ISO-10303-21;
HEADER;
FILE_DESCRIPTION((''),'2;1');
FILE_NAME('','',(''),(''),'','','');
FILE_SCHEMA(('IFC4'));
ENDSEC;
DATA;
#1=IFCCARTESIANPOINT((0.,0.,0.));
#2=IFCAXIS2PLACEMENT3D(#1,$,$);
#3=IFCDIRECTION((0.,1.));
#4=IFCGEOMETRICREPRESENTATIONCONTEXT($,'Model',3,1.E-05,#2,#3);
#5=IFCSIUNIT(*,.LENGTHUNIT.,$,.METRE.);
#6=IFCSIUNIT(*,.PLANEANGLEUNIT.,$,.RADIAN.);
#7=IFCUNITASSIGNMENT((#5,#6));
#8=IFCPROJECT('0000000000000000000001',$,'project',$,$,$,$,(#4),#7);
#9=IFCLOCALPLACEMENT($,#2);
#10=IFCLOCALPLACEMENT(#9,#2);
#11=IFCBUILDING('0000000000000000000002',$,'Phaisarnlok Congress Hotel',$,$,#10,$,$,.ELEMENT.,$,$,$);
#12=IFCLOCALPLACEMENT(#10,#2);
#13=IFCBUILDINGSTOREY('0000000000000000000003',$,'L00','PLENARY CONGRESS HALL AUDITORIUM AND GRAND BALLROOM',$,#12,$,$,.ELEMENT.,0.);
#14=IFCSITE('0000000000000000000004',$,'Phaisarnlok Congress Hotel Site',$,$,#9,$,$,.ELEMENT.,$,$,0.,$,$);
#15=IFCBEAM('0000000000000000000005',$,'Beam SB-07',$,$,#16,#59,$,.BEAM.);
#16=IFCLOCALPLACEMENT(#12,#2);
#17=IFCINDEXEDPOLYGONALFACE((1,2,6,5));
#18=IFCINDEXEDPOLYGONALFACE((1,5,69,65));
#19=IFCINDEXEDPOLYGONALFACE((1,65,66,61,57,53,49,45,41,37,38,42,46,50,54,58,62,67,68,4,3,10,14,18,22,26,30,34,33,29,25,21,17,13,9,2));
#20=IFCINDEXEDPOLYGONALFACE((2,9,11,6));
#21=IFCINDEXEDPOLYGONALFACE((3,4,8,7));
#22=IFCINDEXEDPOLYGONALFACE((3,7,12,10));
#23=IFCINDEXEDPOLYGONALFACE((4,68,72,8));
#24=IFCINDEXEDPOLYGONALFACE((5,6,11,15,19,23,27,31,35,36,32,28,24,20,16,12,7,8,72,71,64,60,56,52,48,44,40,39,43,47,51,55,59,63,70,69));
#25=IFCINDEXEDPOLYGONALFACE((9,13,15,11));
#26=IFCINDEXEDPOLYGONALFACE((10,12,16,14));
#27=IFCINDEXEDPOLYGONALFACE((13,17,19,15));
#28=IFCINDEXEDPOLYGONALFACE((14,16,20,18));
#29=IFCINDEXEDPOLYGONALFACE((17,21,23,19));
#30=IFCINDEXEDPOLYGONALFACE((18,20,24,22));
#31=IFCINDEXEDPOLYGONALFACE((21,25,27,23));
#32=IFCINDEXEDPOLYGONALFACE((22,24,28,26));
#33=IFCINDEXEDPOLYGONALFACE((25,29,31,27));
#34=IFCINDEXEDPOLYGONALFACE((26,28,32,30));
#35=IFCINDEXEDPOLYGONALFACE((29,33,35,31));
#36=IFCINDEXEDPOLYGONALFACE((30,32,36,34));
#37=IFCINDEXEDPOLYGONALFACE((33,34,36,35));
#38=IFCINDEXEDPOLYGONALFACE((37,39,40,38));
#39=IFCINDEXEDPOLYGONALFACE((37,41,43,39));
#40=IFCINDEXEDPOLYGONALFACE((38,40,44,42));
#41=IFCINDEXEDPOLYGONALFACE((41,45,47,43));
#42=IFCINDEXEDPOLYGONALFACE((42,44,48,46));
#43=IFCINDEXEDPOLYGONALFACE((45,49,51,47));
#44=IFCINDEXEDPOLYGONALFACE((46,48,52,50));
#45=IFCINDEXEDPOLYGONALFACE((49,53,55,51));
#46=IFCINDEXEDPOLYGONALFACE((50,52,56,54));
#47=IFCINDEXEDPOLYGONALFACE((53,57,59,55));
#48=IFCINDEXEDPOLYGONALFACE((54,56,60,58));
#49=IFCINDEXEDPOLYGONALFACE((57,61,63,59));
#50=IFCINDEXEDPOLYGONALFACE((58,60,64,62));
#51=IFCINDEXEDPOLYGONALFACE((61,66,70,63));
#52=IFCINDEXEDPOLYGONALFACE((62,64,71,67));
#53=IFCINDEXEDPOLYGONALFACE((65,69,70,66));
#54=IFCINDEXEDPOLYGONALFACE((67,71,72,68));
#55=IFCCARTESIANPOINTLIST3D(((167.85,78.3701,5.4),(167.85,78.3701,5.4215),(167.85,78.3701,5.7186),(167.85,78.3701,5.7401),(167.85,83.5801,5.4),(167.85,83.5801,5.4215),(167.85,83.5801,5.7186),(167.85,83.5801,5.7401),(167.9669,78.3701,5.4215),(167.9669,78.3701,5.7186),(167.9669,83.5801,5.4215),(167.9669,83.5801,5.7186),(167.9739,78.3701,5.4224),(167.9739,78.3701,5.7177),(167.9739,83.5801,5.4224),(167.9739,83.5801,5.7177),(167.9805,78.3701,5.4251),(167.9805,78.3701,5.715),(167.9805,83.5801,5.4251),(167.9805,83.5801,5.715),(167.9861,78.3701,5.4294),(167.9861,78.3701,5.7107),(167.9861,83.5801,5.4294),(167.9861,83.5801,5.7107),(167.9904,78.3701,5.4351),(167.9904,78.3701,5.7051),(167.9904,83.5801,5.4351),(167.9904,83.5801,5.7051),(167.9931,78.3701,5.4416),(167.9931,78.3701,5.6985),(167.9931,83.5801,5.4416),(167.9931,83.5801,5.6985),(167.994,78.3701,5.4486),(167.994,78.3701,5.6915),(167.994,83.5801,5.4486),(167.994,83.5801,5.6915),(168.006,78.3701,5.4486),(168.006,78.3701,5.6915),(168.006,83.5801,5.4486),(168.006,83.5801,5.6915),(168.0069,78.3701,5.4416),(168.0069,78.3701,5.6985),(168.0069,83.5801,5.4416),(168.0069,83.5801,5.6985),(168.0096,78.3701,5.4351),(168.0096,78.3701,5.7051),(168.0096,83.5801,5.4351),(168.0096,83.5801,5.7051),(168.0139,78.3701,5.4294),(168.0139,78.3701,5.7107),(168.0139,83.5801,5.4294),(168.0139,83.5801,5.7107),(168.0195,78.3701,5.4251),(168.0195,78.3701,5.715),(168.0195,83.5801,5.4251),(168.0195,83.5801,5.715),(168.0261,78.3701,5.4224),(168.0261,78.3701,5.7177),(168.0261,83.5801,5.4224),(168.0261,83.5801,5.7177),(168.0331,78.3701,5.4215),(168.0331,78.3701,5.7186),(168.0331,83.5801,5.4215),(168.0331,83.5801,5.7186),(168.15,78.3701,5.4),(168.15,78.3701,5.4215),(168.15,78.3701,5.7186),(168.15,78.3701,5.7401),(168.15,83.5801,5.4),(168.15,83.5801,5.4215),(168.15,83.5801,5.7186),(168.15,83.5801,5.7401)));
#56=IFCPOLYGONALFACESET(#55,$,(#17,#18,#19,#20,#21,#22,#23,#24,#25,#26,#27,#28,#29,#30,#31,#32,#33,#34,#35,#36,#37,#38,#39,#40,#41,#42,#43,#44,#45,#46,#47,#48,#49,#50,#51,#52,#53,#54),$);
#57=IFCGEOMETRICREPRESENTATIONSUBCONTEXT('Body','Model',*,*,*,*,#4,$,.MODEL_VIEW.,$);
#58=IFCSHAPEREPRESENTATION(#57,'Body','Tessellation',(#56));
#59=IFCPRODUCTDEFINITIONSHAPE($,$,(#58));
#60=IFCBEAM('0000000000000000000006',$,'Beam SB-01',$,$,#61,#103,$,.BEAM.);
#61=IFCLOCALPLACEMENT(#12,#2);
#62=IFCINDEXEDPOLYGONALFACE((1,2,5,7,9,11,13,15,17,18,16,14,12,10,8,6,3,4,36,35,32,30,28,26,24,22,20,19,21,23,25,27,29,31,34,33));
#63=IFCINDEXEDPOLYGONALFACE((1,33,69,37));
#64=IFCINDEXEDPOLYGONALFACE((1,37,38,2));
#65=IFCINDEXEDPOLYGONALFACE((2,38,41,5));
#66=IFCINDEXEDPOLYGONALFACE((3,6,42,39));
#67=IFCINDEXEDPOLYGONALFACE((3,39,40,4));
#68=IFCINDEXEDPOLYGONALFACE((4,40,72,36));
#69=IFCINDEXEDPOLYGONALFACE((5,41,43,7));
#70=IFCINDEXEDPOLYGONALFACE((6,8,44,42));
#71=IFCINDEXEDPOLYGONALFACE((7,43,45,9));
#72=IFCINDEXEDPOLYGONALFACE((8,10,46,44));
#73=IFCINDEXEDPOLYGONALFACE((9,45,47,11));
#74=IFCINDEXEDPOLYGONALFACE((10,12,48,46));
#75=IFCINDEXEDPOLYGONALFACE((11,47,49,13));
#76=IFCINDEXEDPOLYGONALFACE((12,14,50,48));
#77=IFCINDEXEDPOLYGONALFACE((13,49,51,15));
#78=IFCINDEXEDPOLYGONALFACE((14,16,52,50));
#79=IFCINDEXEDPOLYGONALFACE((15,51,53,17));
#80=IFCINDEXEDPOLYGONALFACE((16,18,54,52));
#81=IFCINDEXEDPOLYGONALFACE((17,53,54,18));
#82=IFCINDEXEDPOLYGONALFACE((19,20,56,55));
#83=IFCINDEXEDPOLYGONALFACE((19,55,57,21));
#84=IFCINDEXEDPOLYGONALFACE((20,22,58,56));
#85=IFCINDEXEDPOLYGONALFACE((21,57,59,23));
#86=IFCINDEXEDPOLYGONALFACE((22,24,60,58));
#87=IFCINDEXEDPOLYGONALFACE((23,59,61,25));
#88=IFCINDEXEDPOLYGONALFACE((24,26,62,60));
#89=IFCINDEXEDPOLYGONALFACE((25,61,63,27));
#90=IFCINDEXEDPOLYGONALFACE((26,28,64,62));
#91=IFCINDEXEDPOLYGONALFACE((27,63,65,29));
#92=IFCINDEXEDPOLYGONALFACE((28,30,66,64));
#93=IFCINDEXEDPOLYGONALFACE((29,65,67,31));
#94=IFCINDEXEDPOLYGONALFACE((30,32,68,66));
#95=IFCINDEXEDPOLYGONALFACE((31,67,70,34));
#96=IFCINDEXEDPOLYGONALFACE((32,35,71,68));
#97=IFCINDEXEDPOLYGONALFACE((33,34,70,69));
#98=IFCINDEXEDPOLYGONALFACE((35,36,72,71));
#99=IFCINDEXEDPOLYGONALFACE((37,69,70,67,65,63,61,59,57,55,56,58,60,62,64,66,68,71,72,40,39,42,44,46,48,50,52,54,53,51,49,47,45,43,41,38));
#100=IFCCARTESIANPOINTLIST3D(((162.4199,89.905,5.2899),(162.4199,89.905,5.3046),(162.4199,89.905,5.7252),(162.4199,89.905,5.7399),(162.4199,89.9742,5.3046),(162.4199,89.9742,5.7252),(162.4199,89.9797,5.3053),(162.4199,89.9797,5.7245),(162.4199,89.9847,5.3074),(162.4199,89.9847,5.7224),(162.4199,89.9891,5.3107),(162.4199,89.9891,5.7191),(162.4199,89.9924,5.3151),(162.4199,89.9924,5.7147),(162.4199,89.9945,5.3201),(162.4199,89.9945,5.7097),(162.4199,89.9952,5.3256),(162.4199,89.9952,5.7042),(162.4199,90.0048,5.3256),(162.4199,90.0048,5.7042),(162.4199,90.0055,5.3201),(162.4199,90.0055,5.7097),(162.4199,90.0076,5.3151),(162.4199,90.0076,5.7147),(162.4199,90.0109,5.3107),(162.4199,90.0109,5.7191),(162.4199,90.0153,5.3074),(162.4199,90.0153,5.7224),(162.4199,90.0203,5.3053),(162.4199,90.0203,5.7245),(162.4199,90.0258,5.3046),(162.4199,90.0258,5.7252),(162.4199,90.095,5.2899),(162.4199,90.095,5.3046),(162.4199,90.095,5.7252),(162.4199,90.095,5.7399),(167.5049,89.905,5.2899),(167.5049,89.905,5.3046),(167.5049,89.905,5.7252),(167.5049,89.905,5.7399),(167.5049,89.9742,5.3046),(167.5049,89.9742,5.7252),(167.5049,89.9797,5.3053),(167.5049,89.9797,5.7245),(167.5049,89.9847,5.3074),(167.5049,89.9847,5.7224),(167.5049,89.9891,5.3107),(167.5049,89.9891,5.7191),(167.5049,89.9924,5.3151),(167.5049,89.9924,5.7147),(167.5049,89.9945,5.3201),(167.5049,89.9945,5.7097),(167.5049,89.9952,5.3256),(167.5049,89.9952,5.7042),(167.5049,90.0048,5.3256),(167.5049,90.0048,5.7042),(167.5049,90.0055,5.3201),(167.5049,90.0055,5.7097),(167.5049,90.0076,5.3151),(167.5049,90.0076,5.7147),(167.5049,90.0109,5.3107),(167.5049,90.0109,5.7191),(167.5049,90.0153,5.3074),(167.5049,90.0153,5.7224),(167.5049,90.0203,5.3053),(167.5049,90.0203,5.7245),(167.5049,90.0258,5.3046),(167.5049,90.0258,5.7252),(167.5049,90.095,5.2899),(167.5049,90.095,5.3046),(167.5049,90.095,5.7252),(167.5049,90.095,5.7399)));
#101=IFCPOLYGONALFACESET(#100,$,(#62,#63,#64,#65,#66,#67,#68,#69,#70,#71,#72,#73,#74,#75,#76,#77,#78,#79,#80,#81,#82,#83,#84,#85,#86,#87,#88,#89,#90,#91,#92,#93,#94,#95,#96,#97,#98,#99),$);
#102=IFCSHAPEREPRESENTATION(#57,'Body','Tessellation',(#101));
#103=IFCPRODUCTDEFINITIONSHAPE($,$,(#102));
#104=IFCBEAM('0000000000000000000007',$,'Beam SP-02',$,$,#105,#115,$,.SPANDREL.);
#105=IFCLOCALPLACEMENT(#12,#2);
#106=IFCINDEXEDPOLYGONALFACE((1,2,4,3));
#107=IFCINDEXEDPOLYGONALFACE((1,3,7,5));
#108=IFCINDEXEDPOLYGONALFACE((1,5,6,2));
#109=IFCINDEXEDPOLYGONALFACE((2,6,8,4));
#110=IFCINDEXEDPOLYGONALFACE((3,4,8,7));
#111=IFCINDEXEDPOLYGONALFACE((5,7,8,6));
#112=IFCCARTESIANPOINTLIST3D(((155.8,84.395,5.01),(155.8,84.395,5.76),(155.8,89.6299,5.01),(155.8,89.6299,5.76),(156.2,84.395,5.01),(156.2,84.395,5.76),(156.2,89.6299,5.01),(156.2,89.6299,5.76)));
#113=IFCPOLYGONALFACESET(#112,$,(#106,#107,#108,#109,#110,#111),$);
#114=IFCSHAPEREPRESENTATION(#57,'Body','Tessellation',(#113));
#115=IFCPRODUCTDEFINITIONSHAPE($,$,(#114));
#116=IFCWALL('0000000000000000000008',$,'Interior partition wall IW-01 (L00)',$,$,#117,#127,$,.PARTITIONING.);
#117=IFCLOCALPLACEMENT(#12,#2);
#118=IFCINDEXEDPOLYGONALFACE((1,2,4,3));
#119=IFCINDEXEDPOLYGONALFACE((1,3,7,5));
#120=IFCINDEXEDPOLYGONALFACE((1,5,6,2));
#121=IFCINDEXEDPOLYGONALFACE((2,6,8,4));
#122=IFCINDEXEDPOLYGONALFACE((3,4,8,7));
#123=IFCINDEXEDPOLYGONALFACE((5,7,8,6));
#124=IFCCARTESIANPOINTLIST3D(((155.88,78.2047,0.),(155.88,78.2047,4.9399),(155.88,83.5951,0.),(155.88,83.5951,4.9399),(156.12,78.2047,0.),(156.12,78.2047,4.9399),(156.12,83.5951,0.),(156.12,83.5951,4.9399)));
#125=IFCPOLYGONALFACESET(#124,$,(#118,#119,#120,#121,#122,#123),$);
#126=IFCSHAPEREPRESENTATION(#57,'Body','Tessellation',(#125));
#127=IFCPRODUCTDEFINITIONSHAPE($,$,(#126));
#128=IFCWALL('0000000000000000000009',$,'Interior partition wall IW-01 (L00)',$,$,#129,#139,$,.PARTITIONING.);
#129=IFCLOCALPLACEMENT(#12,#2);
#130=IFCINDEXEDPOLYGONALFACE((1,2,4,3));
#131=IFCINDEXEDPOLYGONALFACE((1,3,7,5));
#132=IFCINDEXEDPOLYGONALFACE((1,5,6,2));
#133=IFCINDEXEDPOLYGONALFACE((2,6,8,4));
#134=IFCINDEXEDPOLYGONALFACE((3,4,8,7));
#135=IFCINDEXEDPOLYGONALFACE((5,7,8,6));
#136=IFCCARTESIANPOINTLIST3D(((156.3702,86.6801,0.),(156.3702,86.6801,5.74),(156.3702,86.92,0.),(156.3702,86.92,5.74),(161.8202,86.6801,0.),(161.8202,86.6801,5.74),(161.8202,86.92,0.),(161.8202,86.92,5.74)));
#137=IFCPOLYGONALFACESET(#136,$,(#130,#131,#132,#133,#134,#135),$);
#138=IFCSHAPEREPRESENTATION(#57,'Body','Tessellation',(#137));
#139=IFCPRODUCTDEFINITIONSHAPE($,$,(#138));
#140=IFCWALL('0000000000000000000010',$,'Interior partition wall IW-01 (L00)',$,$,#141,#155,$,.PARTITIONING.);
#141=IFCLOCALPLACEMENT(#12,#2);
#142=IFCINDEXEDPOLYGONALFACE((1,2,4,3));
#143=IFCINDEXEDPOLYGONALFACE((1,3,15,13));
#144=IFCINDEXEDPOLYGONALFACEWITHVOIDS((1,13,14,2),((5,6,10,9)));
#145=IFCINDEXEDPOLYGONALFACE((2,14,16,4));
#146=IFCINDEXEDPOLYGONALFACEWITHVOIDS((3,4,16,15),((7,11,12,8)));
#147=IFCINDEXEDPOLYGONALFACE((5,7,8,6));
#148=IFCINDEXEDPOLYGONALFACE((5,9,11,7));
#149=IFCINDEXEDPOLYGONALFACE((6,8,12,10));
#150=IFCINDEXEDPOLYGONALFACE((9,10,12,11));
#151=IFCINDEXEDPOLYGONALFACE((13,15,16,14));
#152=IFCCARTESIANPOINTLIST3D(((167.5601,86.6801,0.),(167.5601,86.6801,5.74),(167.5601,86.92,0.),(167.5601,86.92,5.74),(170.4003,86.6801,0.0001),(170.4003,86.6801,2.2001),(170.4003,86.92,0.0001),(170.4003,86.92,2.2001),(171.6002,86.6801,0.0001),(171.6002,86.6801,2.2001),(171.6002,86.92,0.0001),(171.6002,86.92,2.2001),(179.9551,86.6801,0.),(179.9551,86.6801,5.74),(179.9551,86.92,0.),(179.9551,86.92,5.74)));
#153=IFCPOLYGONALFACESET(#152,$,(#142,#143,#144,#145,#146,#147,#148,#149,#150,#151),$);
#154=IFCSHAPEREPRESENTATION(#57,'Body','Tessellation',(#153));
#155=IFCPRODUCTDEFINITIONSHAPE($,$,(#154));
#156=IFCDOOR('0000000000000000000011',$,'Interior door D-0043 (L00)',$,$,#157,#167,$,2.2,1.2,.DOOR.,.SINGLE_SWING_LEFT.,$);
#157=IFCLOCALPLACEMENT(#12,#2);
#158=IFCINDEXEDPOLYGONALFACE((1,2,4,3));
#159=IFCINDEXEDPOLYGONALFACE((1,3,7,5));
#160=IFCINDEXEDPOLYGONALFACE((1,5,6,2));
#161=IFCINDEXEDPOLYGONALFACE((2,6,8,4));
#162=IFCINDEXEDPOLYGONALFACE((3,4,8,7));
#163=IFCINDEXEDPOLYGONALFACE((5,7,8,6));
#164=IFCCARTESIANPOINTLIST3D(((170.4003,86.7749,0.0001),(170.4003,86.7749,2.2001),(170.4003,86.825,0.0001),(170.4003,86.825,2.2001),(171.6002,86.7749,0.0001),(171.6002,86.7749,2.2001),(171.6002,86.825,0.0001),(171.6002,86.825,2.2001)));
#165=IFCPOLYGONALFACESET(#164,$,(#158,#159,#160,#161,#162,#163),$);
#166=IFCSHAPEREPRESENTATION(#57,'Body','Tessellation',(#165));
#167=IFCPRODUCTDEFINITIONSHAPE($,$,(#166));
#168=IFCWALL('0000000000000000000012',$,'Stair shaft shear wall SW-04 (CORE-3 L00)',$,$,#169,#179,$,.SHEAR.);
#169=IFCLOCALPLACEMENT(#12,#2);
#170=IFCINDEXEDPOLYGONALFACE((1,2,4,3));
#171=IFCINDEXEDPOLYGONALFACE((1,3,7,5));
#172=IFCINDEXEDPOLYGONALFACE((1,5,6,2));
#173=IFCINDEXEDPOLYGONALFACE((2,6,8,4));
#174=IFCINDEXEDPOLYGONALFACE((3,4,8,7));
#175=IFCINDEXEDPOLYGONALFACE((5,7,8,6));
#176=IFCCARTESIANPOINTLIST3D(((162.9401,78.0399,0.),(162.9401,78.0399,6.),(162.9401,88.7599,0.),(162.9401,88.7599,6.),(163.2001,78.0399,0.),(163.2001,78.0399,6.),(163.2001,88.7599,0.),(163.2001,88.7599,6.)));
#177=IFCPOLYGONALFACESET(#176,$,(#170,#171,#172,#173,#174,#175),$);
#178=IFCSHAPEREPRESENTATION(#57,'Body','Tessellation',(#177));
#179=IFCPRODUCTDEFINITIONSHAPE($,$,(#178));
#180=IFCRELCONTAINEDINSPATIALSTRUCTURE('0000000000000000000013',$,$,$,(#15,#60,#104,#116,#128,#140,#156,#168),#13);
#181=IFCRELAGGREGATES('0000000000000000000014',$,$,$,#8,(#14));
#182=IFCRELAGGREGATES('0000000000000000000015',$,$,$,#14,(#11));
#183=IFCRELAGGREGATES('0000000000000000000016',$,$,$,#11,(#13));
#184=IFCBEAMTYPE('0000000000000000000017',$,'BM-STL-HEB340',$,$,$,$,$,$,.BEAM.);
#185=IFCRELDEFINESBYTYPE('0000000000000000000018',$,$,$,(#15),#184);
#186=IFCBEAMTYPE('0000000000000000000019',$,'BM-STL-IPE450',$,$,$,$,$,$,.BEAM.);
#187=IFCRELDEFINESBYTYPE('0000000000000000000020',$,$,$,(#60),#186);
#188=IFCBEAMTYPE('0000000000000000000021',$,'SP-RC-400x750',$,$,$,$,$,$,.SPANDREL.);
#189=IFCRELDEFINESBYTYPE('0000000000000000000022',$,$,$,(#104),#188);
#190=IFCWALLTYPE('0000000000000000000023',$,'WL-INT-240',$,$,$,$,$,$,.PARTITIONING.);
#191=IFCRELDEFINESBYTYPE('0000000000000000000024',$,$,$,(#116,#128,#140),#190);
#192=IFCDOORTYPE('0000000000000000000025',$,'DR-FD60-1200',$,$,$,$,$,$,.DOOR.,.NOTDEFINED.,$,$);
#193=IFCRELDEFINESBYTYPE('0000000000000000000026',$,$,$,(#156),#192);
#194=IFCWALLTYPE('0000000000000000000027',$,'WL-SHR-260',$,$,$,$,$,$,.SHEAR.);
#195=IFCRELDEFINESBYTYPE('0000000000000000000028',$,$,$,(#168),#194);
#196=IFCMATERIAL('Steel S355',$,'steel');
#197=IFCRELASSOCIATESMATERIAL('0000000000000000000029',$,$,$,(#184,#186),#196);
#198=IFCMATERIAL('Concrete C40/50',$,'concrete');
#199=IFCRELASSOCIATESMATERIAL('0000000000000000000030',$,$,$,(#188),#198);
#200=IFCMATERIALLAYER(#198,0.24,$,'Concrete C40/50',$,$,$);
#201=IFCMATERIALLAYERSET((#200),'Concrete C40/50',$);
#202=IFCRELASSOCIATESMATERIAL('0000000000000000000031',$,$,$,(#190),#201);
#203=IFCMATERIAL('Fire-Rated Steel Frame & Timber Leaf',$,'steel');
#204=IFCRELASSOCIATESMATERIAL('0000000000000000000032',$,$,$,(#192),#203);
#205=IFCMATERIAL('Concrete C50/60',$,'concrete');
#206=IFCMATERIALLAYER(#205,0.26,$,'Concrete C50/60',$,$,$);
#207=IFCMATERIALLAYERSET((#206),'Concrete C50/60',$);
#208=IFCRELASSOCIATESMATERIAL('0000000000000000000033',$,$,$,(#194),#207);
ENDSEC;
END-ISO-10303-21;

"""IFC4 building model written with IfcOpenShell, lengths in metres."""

from ifc_helpers import new_model, si_unit, direction, frame, frame_2d, origin, origin_2d, place, context, subcontext, project, spatial, rectangle, i_section, extrude, material, layer, layer_set, material_profile, profile_set, type_object, element, fill, save


model = new_model("IFC4")

# Units and contexts
model_context = context("Model", 3, precision=1e-05, world=origin(), true_north=direction((0.0, 1.0)))
body_context = subcontext(model_context, "Body", "Model", "MODEL_VIEW")
ifc_project = project(units=[si_unit("LENGTHUNIT", "METRE"), si_unit("PLANEANGLEUNIT", "RADIAN")], contexts=[model_context])

# Site, building, storey
site_placement = place(None, origin())
site = spatial("IfcSite", under=ifc_project, at=site_placement, Name="Phaisarnlok Congress Hotel Site", CompositionType="ELEMENT", RefElevation=0.0)
building_placement = place(site_placement, origin())
building = spatial("IfcBuilding", under=site, at=building_placement, Name="Phaisarnlok Congress Hotel", CompositionType="ELEMENT")
storey_placement = place(building_placement, origin())
storey = spatial("IfcBuildingStorey", under=building, at=storey_placement, Name="L00", Description="PLENARY CONGRESS HALL AUDITORIUM AND GRAND BALLROOM", CompositionType="ELEMENT", Elevation=0.0)

# Shared definitions
ifc_material_1 = material(Name="Concrete C50/60", Category="concrete")

# Beams
ifc_material_2 = material(Name="Concrete C40/50", Category="concrete")
ifc_material_3 = material(Name="Steel S355", Category="steel")
ifc_material_profile_1 = material_profile(ifc_material_3, i_section(OverallWidth=0.3, OverallDepth=0.3401, WebThickness=0.012, FlangeThickness=0.0215, FilletRadius=0.0271, at=origin_2d()), Name="HEB 340")
ifc_profile_set_1 = profile_set([ifc_material_profile_1], Name="Steel S355")
beam_type_1 = type_object("IfcBeamType", Name="BM-STL-HEB340", PredefinedType="BEAM", material=ifc_profile_set_1)
beam_1_placement = place(storey_placement, frame((168.0, 78.3701, 5.5701), z_axis=(0.0, 1.0, 0.0), x_axis=(-1.0, 0.0, 0.0)))
element("IfcBeam", 1, at=beam_1_placement, inside=storey, type_object=beam_type_1, Name="Beam SB-07", PredefinedType="BEAM", context=body_context, shape_type="SweptSolid", body=[
    extrude(i_section(OverallWidth=0.3, OverallDepth=0.3401, WebThickness=0.012, FlangeThickness=0.0215, FilletRadius=0.0271, at=origin_2d()), origin(), (0.0, 0.0, 1.0), 5.21),
])
ifc_material_profile_2 = material_profile(ifc_material_3, i_section(OverallWidth=0.1899, OverallDepth=0.45, WebThickness=0.0095, FlangeThickness=0.0146, FilletRadius=0.021, at=origin_2d()), Name="IPE 450")
ifc_profile_set_2 = profile_set([ifc_material_profile_2], Name="Steel S355")
beam_type_2 = type_object("IfcBeamType", Name="BM-STL-IPE450", PredefinedType="BEAM", material=ifc_profile_set_2)
beam_2_placement = place(storey_placement, frame((162.4199, 90.0, 5.5149), z_axis=(1.0, 0.0, 0.0), x_axis=(0.0, 1.0, 0.0)))
element("IfcBeam", 2, at=beam_2_placement, inside=storey, type_object=beam_type_2, Name="Beam SB-01", PredefinedType="BEAM", context=body_context, shape_type="SweptSolid", body=[
    extrude(i_section(OverallWidth=0.1899, OverallDepth=0.45, WebThickness=0.0095, FlangeThickness=0.0146, FilletRadius=0.021, at=origin_2d()), origin(), (0.0, 0.0, 1.0), 5.085),
])
ifc_material_profile_3 = material_profile(ifc_material_2, rectangle(XDim=0.3999, YDim=0.75, at=origin_2d()), Name="RC 400x750")
ifc_profile_set_3 = profile_set([ifc_material_profile_3], Name="Concrete C40/50")
beam_type_3 = type_object("IfcBeamType", Name="SP-RC-400x750", PredefinedType="SPANDREL", material=ifc_profile_set_3)
beam_3_placement = place(storey_placement, frame((156.0, 84.395, 5.385), z_axis=(0.0, 1.0, 0.0), x_axis=(-1.0, 0.0, 0.0)))
element("IfcBeam", 3, at=beam_3_placement, inside=storey, type_object=beam_type_3, Name="Beam SP-02", PredefinedType="SPANDREL", context=body_context, shape_type="SweptSolid", body=[
    extrude(rectangle(XDim=0.3999, YDim=0.75, at=origin_2d()), origin(), (0.0, 0.0, 1.0), 5.2349),
])

# Walls
ifc_layer_1 = layer(ifc_material_2, 0.24, Name="Concrete C40/50")
ifc_layer_set_1 = layer_set([ifc_layer_1], Name="Concrete C40/50")
wall_type_1 = type_object("IfcWallType", Name="WL-INT-240", PredefinedType="PARTITIONING", material=ifc_layer_set_1)
wall_1_placement = place(storey_placement, frame((156.0, 78.2046, 0.0), z_axis=(0.0, 0.0, 1.0), x_axis=(0.0, 1.0, 0.0)))
element("IfcWall", 4, at=wall_1_placement, inside=storey, type_object=wall_type_1, Name="Interior partition wall IW-01 (L00)", PredefinedType="PARTITIONING", context=body_context, shape_type="SweptSolid", body=[
    extrude(rectangle(XDim=5.3904, YDim=0.24, at=frame_2d((2.6953, 0.0))), origin(), (0.0, 0.0, 1.0), 4.9399),
])
wall_2_placement = place(storey_placement, frame((156.3701, 86.8, 0.0), z_axis=(0.0, 0.0, 1.0), x_axis=(1.0, 0.0, 0.0)))
element("IfcWall", 5, at=wall_2_placement, inside=storey, type_object=wall_type_1, Name="Interior partition wall IW-01 (L00)", PredefinedType="PARTITIONING", context=body_context, shape_type="SweptSolid", body=[
    extrude(rectangle(XDim=5.45, YDim=0.24, at=frame_2d((2.7251, 0.0))), origin(), (0.0, 0.0, 1.0), 5.74),
])

# Wall, opening, door
wall_3_placement = place(storey_placement, frame((167.5601, 86.8, 0.0), z_axis=(0.0, 0.0, 1.0), x_axis=(1.0, 0.0, 0.0)))
wall_3 = element("IfcWall", 6, at=wall_3_placement, inside=storey, type_object=wall_type_1, Name="Interior partition wall IW-01 (L00)", PredefinedType="PARTITIONING", context=body_context, shape_type="SweptSolid", body=[
    extrude(rectangle(XDim=12.395, YDim=0.24, at=frame_2d((6.1975, 0.0))), origin(), (0.0, 0.0, 1.0), 5.74),
])
opening_1_placement = place(wall_3_placement, frame((2.8401, 0.0, 0.0)))
opening_1 = element("IfcOpeningElement", 7, at=opening_1_placement, cuts=wall_3, PredefinedType="OPENING", context=body_context, shape_type="SweptSolid", body=[
    extrude(rectangle(XDim=1.2, YDim=2.2, at=frame_2d((0.6001, 1.1001))), frame((0.0, 0.1299, 0.0), z_axis=(0.0, -1.0, 0.0), x_axis=(1.0, 0.0, 0.0)), (0.0, 0.0, 1.0), 0.26),
])
ifc_material_4 = material(Name="Fire-Rated Steel Frame & Timber Leaf", Category="steel")
door_type_1 = type_object("IfcDoorType", Name="DR-FD60-1200", OperationType="NOTDEFINED", PredefinedType="DOOR", material=ifc_material_4)
door_1_placement = place(opening_1_placement, origin())
door_1 = element("IfcDoor", 8, at=door_1_placement, inside=storey, type_object=door_type_1, Name="Interior door D-0043 (L00)", OperationType="SINGLE_SWING_LEFT", OverallHeight=2.2, OverallWidth=1.2, PredefinedType="DOOR", context=body_context, shape_type="SweptSolid", body=[
    extrude(rectangle(XDim=1.2, YDim=2.2, at=frame_2d((0.6001, 1.1001))), frame((0.0, 0.0249, 0.0), z_axis=(0.0, -1.0, 0.0), x_axis=(1.0, 0.0, 0.0)), (0.0, 0.0, 1.0), 0.05),
])
fill(opening_1, door_1)

# Wall
ifc_layer_2 = layer(ifc_material_1, 0.26, Name="Concrete C50/60")
ifc_layer_set_2 = layer_set([ifc_layer_2], Name="Concrete C50/60")
wall_type_2 = type_object("IfcWallType", Name="WL-SHR-260", PredefinedType="SHEAR", material=ifc_layer_set_2)
for number, where, z_axis, x_axis, name in (
    (9, (163.0701, 78.04, 0.0), (0.0, 0.0, 1.0), (0.0, 1.0, 0.0), "Stair shaft shear wall SW-04 (CORE-3 L00)"),
):
    element("IfcWall", number, at=place(storey_placement, frame(where, z_axis=z_axis, x_axis=x_axis)), inside=storey, type_object=wall_type_2, Name=name, PredefinedType="SHEAR", context=body_context, shape_type="SweptSolid", body=[
        extrude(rectangle(XDim=10.72, YDim=0.26, at=frame_2d((5.3599, 0.0))), origin(), (0.0, 0.0, 1.0), 6.0),
    ])

save(model, "model.ifc")
